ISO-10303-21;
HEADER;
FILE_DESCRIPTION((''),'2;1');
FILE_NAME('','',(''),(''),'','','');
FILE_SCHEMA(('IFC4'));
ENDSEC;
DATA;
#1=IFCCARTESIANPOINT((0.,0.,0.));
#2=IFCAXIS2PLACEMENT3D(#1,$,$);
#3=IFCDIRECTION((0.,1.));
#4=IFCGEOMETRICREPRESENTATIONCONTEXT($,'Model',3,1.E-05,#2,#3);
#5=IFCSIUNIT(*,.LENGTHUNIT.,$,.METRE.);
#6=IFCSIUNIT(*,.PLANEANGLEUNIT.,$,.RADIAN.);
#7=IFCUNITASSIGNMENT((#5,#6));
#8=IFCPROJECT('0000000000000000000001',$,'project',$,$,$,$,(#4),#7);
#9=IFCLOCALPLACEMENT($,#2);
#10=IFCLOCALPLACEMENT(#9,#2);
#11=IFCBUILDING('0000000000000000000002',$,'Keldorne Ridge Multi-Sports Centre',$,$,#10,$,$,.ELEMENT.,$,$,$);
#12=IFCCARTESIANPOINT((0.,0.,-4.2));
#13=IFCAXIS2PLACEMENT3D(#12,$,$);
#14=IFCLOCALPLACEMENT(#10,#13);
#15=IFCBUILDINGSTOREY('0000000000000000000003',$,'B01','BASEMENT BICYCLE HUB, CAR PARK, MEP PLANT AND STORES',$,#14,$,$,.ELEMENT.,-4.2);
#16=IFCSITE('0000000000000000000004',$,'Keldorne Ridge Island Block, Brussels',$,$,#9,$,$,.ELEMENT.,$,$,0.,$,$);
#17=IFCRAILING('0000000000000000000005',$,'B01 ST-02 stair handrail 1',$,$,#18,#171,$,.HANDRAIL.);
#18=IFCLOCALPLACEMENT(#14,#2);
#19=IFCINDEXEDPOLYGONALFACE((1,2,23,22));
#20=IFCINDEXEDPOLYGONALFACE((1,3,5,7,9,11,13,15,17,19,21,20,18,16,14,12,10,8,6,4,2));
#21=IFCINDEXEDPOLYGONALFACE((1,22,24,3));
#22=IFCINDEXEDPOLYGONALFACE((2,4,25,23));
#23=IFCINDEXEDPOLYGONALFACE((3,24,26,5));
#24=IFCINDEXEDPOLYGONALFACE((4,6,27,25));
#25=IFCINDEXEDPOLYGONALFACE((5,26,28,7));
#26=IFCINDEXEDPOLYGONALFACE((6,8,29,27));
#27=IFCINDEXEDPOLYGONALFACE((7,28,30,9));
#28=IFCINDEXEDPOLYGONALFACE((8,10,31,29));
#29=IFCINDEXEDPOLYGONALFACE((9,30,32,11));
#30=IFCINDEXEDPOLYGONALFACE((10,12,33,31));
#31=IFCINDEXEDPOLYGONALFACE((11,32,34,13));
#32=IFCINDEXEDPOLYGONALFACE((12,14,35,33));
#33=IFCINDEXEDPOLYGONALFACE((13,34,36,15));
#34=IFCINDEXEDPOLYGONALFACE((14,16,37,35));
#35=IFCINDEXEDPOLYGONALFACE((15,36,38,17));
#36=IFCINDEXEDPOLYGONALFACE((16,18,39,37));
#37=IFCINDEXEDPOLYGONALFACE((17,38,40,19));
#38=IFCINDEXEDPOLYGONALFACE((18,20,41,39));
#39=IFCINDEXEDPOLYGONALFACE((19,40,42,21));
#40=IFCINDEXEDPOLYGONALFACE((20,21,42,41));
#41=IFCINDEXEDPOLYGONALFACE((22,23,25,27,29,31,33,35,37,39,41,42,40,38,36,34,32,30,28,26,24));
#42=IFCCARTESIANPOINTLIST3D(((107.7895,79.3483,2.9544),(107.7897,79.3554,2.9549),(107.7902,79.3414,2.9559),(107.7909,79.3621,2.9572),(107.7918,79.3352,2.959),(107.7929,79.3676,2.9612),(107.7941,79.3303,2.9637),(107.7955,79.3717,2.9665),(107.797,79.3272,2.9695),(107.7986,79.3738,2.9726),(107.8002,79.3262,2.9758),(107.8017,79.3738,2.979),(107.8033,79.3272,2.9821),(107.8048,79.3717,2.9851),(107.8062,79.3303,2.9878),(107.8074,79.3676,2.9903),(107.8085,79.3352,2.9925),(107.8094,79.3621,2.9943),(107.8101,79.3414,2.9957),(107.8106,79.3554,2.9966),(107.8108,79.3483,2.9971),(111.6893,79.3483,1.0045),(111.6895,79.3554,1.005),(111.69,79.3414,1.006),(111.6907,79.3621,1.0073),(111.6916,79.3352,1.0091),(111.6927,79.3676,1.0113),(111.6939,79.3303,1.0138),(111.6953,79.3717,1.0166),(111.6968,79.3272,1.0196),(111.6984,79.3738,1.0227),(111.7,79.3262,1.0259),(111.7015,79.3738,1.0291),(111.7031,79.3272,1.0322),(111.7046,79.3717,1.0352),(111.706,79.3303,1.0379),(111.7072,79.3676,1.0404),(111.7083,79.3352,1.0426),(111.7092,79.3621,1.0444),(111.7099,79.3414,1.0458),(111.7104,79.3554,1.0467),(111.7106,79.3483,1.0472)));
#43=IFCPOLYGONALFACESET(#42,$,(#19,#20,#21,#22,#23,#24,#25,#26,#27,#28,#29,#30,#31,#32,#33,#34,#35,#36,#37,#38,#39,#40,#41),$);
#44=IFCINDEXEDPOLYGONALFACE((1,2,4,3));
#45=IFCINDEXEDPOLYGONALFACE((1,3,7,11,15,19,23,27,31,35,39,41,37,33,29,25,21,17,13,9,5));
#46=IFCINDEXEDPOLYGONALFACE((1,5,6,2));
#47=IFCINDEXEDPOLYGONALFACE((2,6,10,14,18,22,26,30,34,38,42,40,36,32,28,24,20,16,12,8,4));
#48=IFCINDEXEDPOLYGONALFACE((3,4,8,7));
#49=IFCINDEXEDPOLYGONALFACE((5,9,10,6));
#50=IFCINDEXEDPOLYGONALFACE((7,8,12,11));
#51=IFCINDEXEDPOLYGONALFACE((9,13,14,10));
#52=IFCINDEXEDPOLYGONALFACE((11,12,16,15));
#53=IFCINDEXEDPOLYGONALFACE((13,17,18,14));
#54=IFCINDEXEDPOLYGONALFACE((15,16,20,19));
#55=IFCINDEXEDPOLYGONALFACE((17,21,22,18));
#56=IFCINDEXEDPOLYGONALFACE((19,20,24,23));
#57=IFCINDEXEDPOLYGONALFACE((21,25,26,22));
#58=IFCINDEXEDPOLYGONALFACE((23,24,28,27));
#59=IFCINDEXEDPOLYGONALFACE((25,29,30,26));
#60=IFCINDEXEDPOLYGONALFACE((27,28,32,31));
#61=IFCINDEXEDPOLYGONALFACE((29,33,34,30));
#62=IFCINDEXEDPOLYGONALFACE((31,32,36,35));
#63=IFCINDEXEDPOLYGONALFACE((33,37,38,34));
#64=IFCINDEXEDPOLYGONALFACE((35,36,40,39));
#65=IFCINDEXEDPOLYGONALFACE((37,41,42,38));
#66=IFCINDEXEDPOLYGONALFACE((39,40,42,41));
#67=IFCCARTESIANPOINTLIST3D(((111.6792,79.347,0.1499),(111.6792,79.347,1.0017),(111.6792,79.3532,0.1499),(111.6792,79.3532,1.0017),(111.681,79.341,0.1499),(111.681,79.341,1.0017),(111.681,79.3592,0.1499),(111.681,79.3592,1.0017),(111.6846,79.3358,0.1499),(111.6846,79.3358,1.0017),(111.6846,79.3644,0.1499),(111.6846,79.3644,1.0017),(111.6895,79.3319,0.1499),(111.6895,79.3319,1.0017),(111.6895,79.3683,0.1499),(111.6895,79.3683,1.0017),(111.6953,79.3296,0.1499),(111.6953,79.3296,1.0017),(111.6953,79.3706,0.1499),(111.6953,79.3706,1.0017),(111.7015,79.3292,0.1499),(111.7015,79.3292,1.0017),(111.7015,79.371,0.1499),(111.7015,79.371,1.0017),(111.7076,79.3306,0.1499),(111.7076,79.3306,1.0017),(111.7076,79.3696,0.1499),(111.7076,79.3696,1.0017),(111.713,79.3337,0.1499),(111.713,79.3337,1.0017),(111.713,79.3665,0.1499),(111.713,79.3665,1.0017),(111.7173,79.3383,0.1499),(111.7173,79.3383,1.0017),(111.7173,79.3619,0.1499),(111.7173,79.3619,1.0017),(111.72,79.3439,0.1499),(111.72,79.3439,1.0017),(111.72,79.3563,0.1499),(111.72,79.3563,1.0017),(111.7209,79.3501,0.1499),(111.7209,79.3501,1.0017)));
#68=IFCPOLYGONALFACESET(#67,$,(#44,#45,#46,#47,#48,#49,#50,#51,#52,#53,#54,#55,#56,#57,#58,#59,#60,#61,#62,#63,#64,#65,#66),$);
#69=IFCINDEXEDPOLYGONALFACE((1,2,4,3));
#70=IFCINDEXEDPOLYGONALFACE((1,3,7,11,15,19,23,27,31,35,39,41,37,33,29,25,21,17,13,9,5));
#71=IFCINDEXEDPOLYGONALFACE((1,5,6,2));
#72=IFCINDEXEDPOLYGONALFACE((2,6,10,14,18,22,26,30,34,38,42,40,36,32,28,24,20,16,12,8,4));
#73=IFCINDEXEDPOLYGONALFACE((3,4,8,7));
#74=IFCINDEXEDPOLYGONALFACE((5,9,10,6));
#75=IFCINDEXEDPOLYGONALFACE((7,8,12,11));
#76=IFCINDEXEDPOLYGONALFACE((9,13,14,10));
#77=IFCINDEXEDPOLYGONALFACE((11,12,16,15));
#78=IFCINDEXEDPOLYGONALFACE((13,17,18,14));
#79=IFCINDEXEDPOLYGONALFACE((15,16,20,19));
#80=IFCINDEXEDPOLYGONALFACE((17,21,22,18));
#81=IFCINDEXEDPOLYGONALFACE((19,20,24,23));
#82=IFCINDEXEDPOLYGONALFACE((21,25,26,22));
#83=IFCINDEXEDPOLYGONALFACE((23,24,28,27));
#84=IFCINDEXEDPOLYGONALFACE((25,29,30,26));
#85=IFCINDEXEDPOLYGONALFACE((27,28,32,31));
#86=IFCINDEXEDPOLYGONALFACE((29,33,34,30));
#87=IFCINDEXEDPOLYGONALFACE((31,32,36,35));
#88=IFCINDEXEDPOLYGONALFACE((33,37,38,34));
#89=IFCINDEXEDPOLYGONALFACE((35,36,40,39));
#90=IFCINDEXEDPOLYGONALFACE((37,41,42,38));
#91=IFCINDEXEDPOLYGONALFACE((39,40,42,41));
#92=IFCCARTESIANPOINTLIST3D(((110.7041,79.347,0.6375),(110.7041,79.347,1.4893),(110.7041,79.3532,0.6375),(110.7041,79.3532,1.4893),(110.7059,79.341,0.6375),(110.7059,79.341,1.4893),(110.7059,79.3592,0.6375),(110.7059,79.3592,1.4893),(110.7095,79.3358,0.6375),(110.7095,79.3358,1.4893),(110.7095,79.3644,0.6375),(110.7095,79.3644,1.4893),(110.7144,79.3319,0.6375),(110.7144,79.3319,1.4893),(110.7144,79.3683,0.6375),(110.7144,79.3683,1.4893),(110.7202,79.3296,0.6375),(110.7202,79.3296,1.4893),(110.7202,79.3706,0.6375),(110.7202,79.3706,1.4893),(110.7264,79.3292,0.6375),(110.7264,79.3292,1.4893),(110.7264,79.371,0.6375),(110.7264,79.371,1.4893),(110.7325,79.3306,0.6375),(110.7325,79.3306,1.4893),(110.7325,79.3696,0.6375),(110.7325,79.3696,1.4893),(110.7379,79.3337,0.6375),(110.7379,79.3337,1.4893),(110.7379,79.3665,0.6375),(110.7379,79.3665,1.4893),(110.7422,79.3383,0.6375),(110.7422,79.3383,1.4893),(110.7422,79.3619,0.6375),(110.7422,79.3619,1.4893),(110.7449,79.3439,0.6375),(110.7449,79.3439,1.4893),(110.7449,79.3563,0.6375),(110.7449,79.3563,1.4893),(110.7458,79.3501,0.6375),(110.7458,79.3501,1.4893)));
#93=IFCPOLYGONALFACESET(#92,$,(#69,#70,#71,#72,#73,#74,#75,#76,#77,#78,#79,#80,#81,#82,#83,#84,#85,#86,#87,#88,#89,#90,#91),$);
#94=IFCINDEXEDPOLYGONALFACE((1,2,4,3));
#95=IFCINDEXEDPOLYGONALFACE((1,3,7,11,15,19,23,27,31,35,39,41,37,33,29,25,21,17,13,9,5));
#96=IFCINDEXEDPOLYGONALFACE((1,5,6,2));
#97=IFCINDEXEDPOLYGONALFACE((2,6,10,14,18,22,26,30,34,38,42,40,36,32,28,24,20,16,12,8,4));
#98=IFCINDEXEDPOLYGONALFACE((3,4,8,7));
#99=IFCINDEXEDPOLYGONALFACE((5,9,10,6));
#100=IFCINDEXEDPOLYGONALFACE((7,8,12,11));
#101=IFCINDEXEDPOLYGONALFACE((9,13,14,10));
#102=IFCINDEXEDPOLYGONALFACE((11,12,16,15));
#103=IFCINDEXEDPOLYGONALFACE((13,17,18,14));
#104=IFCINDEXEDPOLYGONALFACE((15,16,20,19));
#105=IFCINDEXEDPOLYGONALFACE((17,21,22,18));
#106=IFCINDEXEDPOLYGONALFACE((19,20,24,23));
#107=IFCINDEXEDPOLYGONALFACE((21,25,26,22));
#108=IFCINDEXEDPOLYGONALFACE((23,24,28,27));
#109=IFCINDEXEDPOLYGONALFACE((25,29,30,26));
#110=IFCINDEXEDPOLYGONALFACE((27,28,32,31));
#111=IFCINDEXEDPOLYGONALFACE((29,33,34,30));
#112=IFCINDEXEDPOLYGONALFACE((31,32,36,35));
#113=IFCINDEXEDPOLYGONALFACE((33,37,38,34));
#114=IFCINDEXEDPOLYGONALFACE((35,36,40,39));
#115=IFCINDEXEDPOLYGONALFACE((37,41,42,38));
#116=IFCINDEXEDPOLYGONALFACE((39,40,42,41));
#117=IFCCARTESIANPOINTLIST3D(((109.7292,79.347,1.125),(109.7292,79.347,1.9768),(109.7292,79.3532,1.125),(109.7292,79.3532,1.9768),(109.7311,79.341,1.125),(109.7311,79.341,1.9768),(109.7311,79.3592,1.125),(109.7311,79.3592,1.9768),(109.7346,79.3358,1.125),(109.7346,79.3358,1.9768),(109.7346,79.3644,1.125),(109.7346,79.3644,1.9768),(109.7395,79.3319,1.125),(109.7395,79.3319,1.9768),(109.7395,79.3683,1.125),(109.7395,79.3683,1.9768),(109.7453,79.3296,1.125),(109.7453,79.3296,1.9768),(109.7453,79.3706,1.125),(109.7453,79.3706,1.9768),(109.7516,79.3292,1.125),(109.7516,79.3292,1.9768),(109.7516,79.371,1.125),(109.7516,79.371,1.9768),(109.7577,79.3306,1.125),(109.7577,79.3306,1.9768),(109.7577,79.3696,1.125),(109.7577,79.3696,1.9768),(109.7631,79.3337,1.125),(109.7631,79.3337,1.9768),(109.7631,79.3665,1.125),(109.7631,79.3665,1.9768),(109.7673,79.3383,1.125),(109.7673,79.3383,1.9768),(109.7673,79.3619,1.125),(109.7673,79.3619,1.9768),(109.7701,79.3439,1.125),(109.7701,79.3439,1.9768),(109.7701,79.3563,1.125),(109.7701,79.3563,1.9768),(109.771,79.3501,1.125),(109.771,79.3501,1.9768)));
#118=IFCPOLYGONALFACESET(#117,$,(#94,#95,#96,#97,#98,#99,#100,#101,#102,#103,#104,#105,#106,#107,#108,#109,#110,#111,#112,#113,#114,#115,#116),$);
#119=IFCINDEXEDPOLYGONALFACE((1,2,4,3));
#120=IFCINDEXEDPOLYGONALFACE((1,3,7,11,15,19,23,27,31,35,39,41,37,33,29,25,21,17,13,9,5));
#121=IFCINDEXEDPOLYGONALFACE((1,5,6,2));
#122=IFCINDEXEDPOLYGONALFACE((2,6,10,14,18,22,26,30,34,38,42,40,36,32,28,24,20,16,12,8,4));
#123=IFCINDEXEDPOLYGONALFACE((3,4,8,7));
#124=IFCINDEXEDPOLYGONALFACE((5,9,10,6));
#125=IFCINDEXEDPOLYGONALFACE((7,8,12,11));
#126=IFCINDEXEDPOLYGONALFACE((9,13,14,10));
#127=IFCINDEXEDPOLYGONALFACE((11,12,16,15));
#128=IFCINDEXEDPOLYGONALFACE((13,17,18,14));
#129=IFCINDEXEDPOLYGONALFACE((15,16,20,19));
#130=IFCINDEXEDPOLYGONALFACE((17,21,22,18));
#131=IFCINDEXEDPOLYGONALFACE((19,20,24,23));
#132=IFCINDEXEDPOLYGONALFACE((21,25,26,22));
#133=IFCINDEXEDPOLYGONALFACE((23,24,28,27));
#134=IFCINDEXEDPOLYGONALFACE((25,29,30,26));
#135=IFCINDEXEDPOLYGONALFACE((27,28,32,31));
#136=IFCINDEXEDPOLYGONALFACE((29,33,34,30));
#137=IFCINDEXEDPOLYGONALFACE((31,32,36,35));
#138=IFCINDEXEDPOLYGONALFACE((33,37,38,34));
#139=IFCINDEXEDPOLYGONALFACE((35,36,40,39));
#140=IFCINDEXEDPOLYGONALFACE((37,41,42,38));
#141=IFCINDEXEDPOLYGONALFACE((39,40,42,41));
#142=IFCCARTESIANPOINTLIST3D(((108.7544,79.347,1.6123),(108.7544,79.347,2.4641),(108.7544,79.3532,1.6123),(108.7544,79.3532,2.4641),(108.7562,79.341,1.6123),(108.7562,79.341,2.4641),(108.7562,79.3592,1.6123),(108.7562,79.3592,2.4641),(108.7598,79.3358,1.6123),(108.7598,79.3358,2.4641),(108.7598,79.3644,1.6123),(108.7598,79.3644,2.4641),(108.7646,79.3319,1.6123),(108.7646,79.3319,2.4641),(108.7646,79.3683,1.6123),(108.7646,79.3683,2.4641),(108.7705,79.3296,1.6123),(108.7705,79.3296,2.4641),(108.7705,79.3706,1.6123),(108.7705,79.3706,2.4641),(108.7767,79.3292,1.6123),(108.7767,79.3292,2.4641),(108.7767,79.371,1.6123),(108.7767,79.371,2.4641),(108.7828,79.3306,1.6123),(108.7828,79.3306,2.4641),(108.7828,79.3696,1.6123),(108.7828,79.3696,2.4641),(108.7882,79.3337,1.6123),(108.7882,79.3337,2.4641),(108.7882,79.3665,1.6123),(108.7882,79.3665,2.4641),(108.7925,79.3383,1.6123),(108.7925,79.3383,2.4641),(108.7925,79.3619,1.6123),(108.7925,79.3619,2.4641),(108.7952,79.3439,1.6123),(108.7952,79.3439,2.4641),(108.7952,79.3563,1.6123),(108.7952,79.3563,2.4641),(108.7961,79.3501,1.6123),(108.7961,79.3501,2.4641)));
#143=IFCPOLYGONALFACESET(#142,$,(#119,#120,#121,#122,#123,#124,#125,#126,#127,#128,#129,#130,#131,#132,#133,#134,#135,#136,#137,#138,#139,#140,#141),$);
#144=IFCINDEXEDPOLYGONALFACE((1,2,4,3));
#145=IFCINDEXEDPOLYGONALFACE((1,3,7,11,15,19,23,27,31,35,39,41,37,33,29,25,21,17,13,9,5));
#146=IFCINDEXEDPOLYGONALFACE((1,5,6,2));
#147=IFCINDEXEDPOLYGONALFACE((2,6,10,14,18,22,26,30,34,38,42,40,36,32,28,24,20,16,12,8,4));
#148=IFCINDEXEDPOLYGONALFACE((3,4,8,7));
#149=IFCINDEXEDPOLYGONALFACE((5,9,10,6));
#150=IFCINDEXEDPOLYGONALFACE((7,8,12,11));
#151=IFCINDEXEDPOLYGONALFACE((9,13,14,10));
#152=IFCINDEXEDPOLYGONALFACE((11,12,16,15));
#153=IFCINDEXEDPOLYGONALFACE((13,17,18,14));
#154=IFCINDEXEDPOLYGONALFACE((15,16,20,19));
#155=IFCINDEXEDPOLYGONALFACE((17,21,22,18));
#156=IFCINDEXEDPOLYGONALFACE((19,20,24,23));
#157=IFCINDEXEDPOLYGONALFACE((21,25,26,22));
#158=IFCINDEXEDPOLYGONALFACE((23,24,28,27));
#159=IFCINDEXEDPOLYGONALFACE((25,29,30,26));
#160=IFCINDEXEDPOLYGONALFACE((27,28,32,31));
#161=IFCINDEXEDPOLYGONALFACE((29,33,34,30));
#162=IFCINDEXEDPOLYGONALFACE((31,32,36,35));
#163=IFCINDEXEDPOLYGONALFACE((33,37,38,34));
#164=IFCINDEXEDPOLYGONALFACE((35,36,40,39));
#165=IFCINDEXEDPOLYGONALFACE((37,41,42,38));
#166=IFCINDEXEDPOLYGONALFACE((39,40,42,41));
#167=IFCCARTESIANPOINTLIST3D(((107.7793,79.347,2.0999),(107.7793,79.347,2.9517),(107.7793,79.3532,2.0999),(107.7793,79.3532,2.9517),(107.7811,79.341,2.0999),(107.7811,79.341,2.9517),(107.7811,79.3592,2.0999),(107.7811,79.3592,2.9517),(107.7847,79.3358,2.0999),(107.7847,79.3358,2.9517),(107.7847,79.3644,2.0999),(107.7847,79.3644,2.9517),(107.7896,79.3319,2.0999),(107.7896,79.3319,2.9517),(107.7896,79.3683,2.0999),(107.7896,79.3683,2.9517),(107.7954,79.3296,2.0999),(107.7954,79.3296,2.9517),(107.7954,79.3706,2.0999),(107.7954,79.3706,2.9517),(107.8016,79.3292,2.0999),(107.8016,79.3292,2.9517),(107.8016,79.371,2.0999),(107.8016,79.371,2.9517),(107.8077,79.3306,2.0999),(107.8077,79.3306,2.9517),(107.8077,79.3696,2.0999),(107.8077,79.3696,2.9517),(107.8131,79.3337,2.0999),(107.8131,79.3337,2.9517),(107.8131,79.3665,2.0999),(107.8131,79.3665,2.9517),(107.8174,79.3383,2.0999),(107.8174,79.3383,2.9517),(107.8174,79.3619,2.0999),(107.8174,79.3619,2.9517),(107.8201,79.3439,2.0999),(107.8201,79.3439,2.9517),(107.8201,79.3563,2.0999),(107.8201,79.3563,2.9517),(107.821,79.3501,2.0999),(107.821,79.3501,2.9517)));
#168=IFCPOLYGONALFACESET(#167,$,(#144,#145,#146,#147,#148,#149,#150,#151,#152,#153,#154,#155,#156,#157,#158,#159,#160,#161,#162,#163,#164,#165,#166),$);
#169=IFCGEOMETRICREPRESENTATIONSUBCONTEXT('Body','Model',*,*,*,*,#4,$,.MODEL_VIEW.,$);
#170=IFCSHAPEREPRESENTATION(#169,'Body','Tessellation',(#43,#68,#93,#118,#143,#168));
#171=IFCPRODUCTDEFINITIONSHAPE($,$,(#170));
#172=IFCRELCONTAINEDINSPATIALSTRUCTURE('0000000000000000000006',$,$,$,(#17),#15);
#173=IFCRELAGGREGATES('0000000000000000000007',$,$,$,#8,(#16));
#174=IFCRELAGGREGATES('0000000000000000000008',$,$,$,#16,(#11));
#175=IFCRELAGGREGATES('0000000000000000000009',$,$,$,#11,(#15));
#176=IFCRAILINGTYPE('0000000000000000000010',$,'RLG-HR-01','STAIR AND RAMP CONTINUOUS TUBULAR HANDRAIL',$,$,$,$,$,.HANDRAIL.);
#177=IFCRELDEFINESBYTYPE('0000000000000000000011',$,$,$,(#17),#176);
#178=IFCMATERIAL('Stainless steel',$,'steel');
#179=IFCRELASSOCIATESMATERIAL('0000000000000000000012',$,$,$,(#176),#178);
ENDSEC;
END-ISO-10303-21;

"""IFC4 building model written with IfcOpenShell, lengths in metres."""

from ifc_helpers import new_model, si_unit, direction, frame, origin, origin_2d, place, context, subcontext, project, spatial, circle, extrude, material, type_object, element, save


model = new_model("IFC4")

# Units and contexts
model_context = context("Model", 3, precision=1e-05, world=origin(), true_north=direction((0.0, 1.0)))
body_context = subcontext(model_context, "Body", "Model", "MODEL_VIEW")
ifc_project = project(units=[si_unit("LENGTHUNIT", "METRE"), si_unit("PLANEANGLEUNIT", "RADIAN")], contexts=[model_context])

# Site, building, storey
site_placement = place(None, origin())
site = spatial("IfcSite", under=ifc_project, at=site_placement, Name="Keldorne Ridge Island Block, Brussels", CompositionType="ELEMENT", RefElevation=0.0)
building_placement = place(site_placement, origin())
building = spatial("IfcBuilding", under=site, at=building_placement, Name="Keldorne Ridge Multi-Sports Centre", CompositionType="ELEMENT")
storey_placement = place(building_placement, frame((0.0, 0.0, -4.2)))
storey = spatial("IfcBuildingStorey", under=building, at=storey_placement, Name="B01", Description="BASEMENT BICYCLE HUB, CAR PARK, MEP PLANT AND STORES", CompositionType="ELEMENT", Elevation=-4.2)

# Railing
ifc_material_1 = material(Name="Stainless steel", Category="steel")
railing_type_1 = type_object("IfcRailingType", Name="RLG-HR-01", Description="STAIR AND RAMP CONTINUOUS TUBULAR HANDRAIL", PredefinedType="HANDRAIL", material=ifc_material_1)
railing_1_placement = place(storey_placement, frame((111.7, 79.3501, 0.1499)))
element("IfcRailing", 1, at=railing_1_placement, inside=storey, type_object=railing_type_1, Name="B01 ST-02 stair handrail 1", PredefinedType="HANDRAIL", context=body_context, shape_type="SweptSolid", body=[
    extrude(circle(Radius=0.0239, at=origin_2d()), frame((0.0, 0.0, 0.876), z_axis=(-0.894427, 0.0, 0.447214), x_axis=(0.0, -1.0, 0.0)), (0.0, 0.0, 1.0), 4.3601),
    extrude(circle(Radius=0.021, at=origin_2d()), origin(), (0.0, 0.0, 1.0), 0.8518),
    extrude(circle(Radius=0.021, at=origin_2d()), frame((-0.9751, 0.0, 0.4875)), (0.0, 0.0, 1.0), 0.8518),
    extrude(circle(Radius=0.021, at=origin_2d()), frame((-1.95, 0.0, 0.9751)), (0.0, 0.0, 1.0), 0.8518),
    extrude(circle(Radius=0.021, at=origin_2d()), frame((-2.9248, 0.0, 1.4624)), (0.0, 0.0, 1.0), 0.8518),
    extrude(circle(Radius=0.021, at=origin_2d()), frame((-3.8999, 0.0, 1.95)), (0.0, 0.0, 1.0), 0.8518),
])

save(model, "model.ifc")
